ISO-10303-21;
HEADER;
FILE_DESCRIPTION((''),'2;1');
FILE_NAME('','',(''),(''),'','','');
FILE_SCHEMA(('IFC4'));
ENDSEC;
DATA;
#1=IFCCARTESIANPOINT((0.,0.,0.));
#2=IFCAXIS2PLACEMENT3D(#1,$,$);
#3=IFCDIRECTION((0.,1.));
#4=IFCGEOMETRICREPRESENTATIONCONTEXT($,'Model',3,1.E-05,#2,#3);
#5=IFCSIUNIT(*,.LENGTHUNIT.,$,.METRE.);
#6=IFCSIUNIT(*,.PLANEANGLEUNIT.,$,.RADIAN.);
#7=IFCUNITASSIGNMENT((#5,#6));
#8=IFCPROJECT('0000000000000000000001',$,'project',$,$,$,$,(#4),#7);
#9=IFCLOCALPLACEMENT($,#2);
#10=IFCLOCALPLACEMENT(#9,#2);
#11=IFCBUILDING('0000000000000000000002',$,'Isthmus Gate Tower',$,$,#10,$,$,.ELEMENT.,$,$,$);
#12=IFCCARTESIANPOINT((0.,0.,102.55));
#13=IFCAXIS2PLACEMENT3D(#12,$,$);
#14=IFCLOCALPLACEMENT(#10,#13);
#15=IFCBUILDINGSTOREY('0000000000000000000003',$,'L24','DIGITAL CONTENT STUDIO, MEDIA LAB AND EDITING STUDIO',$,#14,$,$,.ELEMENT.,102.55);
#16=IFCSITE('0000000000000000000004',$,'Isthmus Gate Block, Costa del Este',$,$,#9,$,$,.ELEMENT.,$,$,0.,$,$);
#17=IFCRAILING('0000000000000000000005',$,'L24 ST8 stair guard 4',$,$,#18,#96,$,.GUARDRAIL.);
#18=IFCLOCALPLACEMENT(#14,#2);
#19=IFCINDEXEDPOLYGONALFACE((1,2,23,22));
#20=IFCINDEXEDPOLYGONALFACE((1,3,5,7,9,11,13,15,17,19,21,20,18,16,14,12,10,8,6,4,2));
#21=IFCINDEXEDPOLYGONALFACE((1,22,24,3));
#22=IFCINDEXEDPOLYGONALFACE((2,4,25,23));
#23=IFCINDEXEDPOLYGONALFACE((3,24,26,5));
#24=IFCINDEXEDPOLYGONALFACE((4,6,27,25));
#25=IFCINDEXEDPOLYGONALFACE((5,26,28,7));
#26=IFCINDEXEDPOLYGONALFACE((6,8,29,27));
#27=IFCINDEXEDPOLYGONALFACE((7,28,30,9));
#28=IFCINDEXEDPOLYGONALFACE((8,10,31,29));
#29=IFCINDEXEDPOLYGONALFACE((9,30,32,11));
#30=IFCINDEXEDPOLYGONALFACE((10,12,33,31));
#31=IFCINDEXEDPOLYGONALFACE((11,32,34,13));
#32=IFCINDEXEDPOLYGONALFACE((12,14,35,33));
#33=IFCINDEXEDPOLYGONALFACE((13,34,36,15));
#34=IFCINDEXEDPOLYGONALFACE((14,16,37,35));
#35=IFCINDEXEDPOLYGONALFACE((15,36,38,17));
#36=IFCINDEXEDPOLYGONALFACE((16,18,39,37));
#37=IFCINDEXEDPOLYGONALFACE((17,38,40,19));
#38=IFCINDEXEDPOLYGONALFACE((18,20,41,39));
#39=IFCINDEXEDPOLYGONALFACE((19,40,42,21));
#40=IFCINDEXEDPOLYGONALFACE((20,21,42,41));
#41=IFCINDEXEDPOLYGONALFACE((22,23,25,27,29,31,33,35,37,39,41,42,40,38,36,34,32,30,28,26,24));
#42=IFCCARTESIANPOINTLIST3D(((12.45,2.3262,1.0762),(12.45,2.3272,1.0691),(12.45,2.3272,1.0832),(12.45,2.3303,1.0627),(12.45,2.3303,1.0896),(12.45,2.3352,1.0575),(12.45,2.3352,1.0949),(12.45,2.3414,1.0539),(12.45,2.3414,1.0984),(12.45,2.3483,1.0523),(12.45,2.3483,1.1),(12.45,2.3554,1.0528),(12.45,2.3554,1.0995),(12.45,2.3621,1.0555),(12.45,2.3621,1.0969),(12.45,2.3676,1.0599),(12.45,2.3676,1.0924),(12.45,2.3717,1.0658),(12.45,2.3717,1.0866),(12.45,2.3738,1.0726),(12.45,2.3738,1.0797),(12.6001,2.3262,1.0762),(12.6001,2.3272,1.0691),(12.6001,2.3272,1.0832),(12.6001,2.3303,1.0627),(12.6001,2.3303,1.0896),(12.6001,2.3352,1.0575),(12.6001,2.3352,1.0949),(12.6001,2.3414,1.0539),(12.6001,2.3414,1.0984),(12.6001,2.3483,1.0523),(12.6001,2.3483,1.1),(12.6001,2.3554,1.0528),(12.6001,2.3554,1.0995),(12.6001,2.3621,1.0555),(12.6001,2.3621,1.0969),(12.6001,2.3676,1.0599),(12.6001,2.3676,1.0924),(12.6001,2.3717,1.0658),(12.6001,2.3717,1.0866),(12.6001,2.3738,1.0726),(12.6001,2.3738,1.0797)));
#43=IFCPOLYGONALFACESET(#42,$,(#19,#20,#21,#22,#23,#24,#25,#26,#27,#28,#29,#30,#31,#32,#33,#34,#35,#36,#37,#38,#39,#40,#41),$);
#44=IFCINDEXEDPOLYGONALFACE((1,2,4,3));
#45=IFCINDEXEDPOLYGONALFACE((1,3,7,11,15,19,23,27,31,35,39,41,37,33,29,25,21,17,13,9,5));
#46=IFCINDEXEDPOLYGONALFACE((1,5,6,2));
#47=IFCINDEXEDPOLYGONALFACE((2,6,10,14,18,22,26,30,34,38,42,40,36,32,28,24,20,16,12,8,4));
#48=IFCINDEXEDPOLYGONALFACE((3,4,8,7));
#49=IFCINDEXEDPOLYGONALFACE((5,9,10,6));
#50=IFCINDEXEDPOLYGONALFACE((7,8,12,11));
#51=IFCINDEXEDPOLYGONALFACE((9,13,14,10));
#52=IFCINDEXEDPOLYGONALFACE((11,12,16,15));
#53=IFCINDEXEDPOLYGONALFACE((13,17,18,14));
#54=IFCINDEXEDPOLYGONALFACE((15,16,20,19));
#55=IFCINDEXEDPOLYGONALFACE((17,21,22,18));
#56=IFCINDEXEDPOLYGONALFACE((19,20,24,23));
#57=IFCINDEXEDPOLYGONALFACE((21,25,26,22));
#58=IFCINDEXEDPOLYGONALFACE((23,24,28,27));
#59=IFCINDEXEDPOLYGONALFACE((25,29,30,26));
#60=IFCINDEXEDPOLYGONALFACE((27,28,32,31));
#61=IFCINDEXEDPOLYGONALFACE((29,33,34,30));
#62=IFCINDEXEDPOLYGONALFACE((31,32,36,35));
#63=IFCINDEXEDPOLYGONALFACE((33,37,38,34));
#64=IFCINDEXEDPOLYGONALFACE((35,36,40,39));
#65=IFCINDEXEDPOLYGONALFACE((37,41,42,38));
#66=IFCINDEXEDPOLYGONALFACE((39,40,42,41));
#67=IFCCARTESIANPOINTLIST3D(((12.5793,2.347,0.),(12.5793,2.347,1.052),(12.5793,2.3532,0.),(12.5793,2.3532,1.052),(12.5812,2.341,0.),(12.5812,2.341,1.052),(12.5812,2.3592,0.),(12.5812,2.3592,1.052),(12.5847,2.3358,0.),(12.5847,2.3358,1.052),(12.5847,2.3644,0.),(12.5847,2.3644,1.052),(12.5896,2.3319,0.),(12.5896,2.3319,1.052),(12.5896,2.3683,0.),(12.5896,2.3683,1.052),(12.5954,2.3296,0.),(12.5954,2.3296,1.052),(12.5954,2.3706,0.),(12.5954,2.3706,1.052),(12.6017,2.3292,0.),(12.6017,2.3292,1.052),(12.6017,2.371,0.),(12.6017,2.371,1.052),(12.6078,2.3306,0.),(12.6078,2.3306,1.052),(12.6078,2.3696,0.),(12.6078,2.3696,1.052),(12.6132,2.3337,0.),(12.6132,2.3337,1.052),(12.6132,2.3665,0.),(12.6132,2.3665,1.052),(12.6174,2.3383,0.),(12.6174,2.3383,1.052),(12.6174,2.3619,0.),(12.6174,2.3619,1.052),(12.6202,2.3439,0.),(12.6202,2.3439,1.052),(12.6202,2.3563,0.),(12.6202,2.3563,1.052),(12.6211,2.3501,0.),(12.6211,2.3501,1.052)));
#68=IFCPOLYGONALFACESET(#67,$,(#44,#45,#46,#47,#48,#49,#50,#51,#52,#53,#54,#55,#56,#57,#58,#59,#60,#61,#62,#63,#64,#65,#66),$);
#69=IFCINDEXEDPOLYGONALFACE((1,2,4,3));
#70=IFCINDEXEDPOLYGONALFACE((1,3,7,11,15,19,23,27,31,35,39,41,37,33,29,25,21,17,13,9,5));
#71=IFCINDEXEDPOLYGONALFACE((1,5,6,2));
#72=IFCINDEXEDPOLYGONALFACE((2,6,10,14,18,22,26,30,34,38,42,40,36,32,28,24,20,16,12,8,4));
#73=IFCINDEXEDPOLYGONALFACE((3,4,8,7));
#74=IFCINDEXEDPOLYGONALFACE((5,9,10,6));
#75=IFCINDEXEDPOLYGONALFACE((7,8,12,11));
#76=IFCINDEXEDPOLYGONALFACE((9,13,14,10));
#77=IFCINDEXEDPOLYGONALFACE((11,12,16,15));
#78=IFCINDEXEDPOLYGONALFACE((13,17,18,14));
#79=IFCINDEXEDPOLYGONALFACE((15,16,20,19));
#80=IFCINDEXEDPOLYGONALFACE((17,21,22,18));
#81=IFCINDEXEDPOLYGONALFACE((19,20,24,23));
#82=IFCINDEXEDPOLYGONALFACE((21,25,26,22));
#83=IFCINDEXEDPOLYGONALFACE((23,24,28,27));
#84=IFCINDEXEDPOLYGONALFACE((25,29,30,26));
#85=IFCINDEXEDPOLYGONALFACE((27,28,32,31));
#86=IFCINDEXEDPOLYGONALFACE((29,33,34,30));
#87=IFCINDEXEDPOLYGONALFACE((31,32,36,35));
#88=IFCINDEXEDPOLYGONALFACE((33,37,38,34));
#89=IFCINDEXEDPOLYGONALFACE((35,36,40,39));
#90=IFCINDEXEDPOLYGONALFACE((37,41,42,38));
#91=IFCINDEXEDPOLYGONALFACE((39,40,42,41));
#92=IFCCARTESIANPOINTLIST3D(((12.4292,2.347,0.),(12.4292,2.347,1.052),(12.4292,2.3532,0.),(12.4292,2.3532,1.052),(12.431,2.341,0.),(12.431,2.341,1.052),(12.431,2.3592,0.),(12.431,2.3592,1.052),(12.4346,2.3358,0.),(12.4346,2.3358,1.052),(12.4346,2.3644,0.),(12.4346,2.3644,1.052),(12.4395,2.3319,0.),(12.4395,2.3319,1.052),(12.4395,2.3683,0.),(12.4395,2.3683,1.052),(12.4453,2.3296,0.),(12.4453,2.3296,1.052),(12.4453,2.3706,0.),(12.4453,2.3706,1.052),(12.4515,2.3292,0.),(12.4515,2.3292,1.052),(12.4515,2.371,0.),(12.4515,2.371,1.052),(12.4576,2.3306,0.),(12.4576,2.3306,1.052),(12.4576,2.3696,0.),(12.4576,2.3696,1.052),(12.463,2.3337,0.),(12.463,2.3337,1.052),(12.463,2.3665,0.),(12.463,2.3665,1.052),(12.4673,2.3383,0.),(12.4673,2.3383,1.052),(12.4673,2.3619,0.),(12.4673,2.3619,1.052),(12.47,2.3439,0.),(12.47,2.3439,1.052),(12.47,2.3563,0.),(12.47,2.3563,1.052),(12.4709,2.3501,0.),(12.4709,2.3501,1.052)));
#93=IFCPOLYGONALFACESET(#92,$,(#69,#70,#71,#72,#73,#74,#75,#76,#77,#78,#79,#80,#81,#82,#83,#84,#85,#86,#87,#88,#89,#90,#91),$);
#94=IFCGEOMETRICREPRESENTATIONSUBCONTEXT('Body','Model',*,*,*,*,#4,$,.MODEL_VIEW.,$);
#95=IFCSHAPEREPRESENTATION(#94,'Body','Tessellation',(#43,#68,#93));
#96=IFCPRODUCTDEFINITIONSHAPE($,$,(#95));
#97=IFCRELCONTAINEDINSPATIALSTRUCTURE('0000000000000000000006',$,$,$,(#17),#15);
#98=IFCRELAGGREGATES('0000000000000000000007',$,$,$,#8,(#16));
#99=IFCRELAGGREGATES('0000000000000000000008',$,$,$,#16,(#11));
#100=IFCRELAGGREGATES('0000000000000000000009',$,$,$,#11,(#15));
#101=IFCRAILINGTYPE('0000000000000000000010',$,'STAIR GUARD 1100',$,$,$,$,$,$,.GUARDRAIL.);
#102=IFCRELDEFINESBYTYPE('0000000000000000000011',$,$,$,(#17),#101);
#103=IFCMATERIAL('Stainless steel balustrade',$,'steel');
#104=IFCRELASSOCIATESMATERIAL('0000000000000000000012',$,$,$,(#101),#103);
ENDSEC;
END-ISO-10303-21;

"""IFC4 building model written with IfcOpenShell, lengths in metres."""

from ifc_helpers import new_model, si_unit, direction, frame, origin, origin_2d, place, context, subcontext, project, spatial, circle, extrude, material, type_object, element, save


model = new_model("IFC4")

# Units and contexts
model_context = context("Model", 3, precision=1e-05, world=origin(), true_north=direction((0.0, 1.0)))
body_context = subcontext(model_context, "Body", "Model", "MODEL_VIEW")
ifc_project = project(units=[si_unit("LENGTHUNIT", "METRE"), si_unit("PLANEANGLEUNIT", "RADIAN")], contexts=[model_context])

# Site, building, storey
site_placement = place(None, origin())
site = spatial("IfcSite", under=ifc_project, at=site_placement, Name="Isthmus Gate Block, Costa del Este", CompositionType="ELEMENT", RefElevation=0.0)
building_placement = place(site_placement, origin())
building = spatial("IfcBuilding", under=site, at=building_placement, Name="Isthmus Gate Tower", CompositionType="ELEMENT")
storey_placement = place(building_placement, frame((0.0, 0.0, 102.55)))
storey = spatial("IfcBuildingStorey", under=building, at=storey_placement, Name="L24", Description="DIGITAL CONTENT STUDIO, MEDIA LAB AND EDITING STUDIO", CompositionType="ELEMENT", Elevation=102.55)

# Railing
ifc_material_1 = material(Name="Stainless steel balustrade", Category="steel")
railing_type_1 = type_object("IfcRailingType", Name="STAIR GUARD 1100", PredefinedType="GUARDRAIL", material=ifc_material_1)
railing_1_placement = place(storey_placement, frame((12.6001, 2.3501, 0.0)))
element("IfcRailing", 1, at=railing_1_placement, inside=storey, type_object=railing_type_1, Name="L24 ST8 stair guard 4", PredefinedType="GUARDRAIL", context=body_context, shape_type="SweptSolid", body=[
    extrude(circle(Radius=0.0239, at=origin_2d()), frame((0.0, 0.0, 1.0762), z_axis=(-1.0, 0.0, 0.0), x_axis=(0.0, -1.0, 0.0)), (0.0, 0.0, 1.0), 0.1501),
    extrude(circle(Radius=0.021, at=origin_2d()), origin(), (0.0, 0.0, 1.0), 1.052),
    extrude(circle(Radius=0.021, at=origin_2d()), frame((-0.1501, 0.0, 0.0)), (0.0, 0.0, 1.0), 1.052),
])

save(model, "model.ifc")
